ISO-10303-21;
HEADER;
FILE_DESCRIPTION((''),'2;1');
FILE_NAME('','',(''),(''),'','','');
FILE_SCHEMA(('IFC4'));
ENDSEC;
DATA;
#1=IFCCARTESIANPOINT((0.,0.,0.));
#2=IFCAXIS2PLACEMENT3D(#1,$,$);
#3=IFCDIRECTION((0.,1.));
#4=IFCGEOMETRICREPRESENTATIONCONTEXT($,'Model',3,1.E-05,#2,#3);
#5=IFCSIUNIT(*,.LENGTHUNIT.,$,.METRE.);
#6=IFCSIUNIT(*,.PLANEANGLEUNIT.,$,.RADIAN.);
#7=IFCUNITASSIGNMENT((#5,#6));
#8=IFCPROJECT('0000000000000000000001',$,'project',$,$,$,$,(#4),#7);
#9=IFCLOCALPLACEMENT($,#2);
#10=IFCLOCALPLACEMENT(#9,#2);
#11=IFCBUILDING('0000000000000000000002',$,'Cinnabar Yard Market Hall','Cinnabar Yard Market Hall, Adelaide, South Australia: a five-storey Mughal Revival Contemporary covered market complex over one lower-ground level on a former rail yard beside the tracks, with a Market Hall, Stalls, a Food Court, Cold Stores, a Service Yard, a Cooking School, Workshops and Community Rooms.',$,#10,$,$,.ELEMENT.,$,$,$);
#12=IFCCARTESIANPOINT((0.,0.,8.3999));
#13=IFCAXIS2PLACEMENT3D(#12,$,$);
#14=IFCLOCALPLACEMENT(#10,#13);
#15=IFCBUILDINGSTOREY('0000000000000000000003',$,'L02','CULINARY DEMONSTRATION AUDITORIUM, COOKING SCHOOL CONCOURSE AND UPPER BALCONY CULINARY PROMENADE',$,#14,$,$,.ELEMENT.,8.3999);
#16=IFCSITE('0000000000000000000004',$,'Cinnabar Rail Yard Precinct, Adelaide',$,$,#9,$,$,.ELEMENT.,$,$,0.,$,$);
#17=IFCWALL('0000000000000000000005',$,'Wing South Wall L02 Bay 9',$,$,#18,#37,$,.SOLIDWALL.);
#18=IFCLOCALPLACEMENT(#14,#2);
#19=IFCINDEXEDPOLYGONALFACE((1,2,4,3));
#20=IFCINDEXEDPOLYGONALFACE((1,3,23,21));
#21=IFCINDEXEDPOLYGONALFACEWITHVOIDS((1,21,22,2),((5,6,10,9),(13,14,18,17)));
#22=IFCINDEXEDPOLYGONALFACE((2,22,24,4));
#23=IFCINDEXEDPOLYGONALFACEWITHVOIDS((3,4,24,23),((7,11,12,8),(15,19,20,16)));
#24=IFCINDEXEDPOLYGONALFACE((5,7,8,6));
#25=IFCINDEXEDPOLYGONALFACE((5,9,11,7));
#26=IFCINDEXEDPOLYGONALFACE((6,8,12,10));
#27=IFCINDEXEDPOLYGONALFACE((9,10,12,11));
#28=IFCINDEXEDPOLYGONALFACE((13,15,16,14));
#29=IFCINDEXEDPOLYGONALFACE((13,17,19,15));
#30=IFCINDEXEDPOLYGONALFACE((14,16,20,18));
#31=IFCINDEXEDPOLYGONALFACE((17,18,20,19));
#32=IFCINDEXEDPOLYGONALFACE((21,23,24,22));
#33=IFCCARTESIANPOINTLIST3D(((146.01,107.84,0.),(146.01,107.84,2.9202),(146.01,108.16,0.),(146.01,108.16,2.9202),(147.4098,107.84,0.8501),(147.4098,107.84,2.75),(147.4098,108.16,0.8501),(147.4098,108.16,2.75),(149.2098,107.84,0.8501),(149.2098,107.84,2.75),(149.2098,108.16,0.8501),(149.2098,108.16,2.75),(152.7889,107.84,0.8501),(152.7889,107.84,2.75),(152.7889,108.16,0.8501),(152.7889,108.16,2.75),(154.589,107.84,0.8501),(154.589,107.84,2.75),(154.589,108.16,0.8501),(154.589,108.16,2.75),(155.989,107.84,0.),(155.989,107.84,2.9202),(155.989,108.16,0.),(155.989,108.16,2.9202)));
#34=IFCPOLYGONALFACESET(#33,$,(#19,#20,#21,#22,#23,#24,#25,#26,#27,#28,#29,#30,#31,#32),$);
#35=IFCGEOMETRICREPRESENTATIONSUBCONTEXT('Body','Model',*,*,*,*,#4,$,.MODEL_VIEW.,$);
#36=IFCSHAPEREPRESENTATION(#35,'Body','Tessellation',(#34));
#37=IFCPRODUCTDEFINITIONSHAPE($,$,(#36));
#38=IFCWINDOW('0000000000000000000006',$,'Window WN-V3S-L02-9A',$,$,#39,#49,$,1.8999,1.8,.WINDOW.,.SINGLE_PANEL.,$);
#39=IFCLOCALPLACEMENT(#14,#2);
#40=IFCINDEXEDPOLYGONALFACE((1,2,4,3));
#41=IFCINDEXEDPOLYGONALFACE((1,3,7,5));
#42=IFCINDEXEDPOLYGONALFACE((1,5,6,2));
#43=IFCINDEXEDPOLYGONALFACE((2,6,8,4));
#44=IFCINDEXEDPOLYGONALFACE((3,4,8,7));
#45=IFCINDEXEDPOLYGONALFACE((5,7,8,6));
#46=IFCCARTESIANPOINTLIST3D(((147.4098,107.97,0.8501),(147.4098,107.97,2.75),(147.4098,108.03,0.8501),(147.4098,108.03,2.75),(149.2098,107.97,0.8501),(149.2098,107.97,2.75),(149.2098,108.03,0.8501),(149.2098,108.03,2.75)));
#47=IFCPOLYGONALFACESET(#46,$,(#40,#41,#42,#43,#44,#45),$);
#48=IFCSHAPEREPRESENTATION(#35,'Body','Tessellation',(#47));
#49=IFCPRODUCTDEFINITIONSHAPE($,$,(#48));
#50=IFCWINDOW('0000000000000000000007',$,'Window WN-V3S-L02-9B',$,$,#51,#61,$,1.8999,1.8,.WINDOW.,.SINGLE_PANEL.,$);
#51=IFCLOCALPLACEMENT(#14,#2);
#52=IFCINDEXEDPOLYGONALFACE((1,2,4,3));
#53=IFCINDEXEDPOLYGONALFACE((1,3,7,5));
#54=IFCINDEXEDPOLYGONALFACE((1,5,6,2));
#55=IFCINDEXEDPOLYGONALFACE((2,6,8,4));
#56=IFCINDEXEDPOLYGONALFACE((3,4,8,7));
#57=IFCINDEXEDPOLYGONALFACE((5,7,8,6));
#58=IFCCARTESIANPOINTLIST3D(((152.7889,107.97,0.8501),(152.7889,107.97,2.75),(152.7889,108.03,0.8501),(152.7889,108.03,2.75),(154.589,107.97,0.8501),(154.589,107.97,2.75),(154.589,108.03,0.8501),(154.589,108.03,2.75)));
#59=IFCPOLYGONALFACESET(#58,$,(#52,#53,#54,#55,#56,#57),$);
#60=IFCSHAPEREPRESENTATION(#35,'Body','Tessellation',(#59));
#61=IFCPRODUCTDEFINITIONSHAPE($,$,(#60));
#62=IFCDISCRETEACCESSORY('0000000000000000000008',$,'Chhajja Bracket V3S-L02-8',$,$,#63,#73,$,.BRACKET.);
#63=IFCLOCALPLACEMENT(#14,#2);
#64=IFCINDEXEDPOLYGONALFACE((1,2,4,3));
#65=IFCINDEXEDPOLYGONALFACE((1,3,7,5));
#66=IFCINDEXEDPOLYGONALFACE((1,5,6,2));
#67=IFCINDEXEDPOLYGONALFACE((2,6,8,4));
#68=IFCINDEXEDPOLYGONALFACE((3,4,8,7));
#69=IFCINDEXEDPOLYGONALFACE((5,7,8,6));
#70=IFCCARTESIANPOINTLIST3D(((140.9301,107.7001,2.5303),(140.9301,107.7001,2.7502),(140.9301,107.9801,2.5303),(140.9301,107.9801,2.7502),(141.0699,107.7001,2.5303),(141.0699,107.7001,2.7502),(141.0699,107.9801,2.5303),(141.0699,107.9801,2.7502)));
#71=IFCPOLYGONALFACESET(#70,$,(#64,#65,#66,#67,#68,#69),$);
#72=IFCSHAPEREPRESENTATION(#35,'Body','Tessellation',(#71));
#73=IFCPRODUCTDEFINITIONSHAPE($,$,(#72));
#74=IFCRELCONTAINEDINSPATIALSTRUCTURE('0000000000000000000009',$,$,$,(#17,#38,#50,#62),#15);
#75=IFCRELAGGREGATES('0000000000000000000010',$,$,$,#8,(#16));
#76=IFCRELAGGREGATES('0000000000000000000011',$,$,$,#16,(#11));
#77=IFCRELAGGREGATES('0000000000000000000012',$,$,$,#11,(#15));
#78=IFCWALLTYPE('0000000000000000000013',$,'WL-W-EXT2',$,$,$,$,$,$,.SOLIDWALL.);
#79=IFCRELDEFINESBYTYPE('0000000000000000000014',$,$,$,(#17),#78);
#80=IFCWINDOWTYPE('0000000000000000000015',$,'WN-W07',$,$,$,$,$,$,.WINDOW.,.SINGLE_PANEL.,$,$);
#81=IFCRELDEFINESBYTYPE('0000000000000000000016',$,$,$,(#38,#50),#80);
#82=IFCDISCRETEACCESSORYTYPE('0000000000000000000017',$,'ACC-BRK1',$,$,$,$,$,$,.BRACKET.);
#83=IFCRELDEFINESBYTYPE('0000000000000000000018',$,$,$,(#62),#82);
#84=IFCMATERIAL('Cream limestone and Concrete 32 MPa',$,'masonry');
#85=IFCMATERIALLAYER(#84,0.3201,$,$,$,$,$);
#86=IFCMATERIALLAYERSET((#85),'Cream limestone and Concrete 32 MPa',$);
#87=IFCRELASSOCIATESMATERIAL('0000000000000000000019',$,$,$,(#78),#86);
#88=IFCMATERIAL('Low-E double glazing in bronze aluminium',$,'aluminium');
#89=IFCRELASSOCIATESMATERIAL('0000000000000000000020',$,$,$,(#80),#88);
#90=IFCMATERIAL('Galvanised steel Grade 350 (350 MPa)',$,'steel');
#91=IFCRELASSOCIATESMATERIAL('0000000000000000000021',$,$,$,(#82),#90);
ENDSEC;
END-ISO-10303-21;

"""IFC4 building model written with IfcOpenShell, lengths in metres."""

from ifc_helpers import new_model, si_unit, direction, frame, frame_2d, origin, origin_2d_with_axis, place, context, subcontext, project, spatial, rectangle, extrude, material, layer, layer_set, type_object, element, fill, save


model = new_model("IFC4")

# Units and contexts
model_context = context("Model", 3, precision=1e-05, world=origin(), true_north=direction((0.0, 1.0)))
body_context = subcontext(model_context, "Body", "Model", "MODEL_VIEW")
ifc_project = project(units=[si_unit("LENGTHUNIT", "METRE"), si_unit("PLANEANGLEUNIT", "RADIAN")], contexts=[model_context])

# Site, building, storey
site_placement = place(None, origin())
site = spatial("IfcSite", under=ifc_project, at=site_placement, Name="Cinnabar Rail Yard Precinct, Adelaide", CompositionType="ELEMENT", RefElevation=0.0)
building_placement = place(site_placement, origin())
building = spatial("IfcBuilding", under=site, at=building_placement, Name="Cinnabar Yard Market Hall", Description="Cinnabar Yard Market Hall, Adelaide, South Australia: a five-storey Mughal Revival Contemporary covered market complex over one lower-ground level on a former rail yard beside the tracks, with a Market Hall, Stalls, a Food Court, Cold Stores, a Service Yard, a Cooking School, Workshops and Community Rooms.", CompositionType="ELEMENT")
storey_placement = place(building_placement, frame((0.0, 0.0, 8.3999)))
storey = spatial("IfcBuildingStorey", under=building, at=storey_placement, Name="L02", Description="CULINARY DEMONSTRATION AUDITORIUM, COOKING SCHOOL CONCOURSE AND UPPER BALCONY CULINARY PROMENADE", CompositionType="ELEMENT", Elevation=8.3999)

# Wall, openings, windows
ifc_material_1 = material(Name="Cream limestone and Concrete 32 MPa", Category="masonry")
ifc_layer_1 = layer(ifc_material_1, 0.3201)
ifc_layer_set_1 = layer_set([ifc_layer_1], Name="Cream limestone and Concrete 32 MPa")
wall_type_1 = type_object("IfcWallType", Name="WL-W-EXT2", PredefinedType="SOLIDWALL", material=ifc_layer_set_1)
wall_1_placement = place(storey_placement, frame((146.01, 108.0, 0.0), z_axis=(0.0, 0.0, 1.0), x_axis=(1.0, 0.0, 0.0)))
wall_1 = element("IfcWall", 1, at=wall_1_placement, inside=storey, type_object=wall_type_1, Name="Wing South Wall L02 Bay 9", PredefinedType="SOLIDWALL", context=body_context, shape_type="SweptSolid", body=[
    extrude(rectangle(XDim=9.979, YDim=0.3201, at=frame_2d((4.9895, 0.0), x_axis=(1.0, 0.0))), origin(), (0.0, 0.0, 1.0), 2.9202),
])
opening_1_placement = place(wall_1_placement, frame((1.3999, 0.0, 0.8501)))
opening_1 = element("IfcOpeningElement", 2, at=opening_1_placement, cuts=wall_1, PredefinedType="OPENING", context=body_context, shape_type="SweptSolid", body=[
    extrude(rectangle(XDim=1.8, YDim=1.8999, at=frame_2d((0.8999, 0.95), x_axis=(1.0, 0.0))), frame((0.0, 0.1699, 0.0), z_axis=(0.0, -1.0, 0.0), x_axis=(1.0, 0.0, 0.0)), (0.0, 0.0, 1.0), 0.3401),
])
opening_2_placement = place(wall_1_placement, frame((6.7791, 0.0, 0.8501)))
opening_2 = element("IfcOpeningElement", 3, at=opening_2_placement, cuts=wall_1, PredefinedType="OPENING", context=body_context, shape_type="SweptSolid", body=[
    extrude(rectangle(XDim=1.8, YDim=1.8999, at=frame_2d((0.8999, 0.95), x_axis=(1.0, 0.0))), frame((0.0, 0.1699, 0.0), z_axis=(0.0, -1.0, 0.0), x_axis=(1.0, 0.0, 0.0)), (0.0, 0.0, 1.0), 0.3401),
])
ifc_material_2 = material(Name="Low-E double glazing in bronze aluminium", Category="aluminium")
window_type = type_object("IfcWindowType", Name="WN-W07", PartitioningType="SINGLE_PANEL", PredefinedType="WINDOW", material=ifc_material_2)
window_1_placement = place(opening_1_placement, origin())
window_1 = element("IfcWindow", 4, at=window_1_placement, inside=storey, type_object=window_type, Name="Window WN-V3S-L02-9A", OverallHeight=1.8999, OverallWidth=1.8, PartitioningType="SINGLE_PANEL", PredefinedType="WINDOW", context=body_context, shape_type="SweptSolid", body=[
    extrude(rectangle(XDim=1.8, YDim=1.8999, at=frame_2d((0.8999, 0.95), x_axis=(1.0, 0.0))), frame((0.0, 0.03, 0.0), z_axis=(0.0, -1.0, 0.0), x_axis=(1.0, 0.0, 0.0)), (0.0, 0.0, 1.0), 0.0601),
])
fill(opening_1, window_1)
window_2_placement = place(opening_2_placement, origin())
window_2 = element("IfcWindow", 5, at=window_2_placement, inside=storey, type_object=window_type, Name="Window WN-V3S-L02-9B", OverallHeight=1.8999, OverallWidth=1.8, PartitioningType="SINGLE_PANEL", PredefinedType="WINDOW", context=body_context, shape_type="SweptSolid", body=[
    extrude(rectangle(XDim=1.8, YDim=1.8999, at=frame_2d((0.8999, 0.95), x_axis=(1.0, 0.0))), frame((0.0, 0.03, 0.0), z_axis=(0.0, -1.0, 0.0), x_axis=(1.0, 0.0, 0.0)), (0.0, 0.0, 1.0), 0.0601),
])
fill(opening_2, window_2)

# Discrete accessory
ifc_material_3 = material(Name="Galvanised steel Grade 350 (350 MPa)", Category="steel")
discrete_accessory_type = type_object("IfcDiscreteAccessoryType", Name="ACC-BRK1", PredefinedType="BRACKET", material=ifc_material_3)
discrete_accessory_placement = place(storey_placement, frame((141.0, 107.8401, 2.5303), z_axis=(0.0, 0.0, 1.0), x_axis=(1.0, 0.0, 0.0)))
element("IfcDiscreteAccessory", 6, at=discrete_accessory_placement, inside=storey, type_object=discrete_accessory_type, Name="Chhajja Bracket V3S-L02-8", PredefinedType="BRACKET", context=body_context, shape_type="SweptSolid", body=[
    extrude(rectangle(XDim=0.1399, YDim=0.28, at=origin_2d_with_axis()), origin(), (0.0, 0.0, 1.0), 0.22),
])

save(model, "model.ifc")
